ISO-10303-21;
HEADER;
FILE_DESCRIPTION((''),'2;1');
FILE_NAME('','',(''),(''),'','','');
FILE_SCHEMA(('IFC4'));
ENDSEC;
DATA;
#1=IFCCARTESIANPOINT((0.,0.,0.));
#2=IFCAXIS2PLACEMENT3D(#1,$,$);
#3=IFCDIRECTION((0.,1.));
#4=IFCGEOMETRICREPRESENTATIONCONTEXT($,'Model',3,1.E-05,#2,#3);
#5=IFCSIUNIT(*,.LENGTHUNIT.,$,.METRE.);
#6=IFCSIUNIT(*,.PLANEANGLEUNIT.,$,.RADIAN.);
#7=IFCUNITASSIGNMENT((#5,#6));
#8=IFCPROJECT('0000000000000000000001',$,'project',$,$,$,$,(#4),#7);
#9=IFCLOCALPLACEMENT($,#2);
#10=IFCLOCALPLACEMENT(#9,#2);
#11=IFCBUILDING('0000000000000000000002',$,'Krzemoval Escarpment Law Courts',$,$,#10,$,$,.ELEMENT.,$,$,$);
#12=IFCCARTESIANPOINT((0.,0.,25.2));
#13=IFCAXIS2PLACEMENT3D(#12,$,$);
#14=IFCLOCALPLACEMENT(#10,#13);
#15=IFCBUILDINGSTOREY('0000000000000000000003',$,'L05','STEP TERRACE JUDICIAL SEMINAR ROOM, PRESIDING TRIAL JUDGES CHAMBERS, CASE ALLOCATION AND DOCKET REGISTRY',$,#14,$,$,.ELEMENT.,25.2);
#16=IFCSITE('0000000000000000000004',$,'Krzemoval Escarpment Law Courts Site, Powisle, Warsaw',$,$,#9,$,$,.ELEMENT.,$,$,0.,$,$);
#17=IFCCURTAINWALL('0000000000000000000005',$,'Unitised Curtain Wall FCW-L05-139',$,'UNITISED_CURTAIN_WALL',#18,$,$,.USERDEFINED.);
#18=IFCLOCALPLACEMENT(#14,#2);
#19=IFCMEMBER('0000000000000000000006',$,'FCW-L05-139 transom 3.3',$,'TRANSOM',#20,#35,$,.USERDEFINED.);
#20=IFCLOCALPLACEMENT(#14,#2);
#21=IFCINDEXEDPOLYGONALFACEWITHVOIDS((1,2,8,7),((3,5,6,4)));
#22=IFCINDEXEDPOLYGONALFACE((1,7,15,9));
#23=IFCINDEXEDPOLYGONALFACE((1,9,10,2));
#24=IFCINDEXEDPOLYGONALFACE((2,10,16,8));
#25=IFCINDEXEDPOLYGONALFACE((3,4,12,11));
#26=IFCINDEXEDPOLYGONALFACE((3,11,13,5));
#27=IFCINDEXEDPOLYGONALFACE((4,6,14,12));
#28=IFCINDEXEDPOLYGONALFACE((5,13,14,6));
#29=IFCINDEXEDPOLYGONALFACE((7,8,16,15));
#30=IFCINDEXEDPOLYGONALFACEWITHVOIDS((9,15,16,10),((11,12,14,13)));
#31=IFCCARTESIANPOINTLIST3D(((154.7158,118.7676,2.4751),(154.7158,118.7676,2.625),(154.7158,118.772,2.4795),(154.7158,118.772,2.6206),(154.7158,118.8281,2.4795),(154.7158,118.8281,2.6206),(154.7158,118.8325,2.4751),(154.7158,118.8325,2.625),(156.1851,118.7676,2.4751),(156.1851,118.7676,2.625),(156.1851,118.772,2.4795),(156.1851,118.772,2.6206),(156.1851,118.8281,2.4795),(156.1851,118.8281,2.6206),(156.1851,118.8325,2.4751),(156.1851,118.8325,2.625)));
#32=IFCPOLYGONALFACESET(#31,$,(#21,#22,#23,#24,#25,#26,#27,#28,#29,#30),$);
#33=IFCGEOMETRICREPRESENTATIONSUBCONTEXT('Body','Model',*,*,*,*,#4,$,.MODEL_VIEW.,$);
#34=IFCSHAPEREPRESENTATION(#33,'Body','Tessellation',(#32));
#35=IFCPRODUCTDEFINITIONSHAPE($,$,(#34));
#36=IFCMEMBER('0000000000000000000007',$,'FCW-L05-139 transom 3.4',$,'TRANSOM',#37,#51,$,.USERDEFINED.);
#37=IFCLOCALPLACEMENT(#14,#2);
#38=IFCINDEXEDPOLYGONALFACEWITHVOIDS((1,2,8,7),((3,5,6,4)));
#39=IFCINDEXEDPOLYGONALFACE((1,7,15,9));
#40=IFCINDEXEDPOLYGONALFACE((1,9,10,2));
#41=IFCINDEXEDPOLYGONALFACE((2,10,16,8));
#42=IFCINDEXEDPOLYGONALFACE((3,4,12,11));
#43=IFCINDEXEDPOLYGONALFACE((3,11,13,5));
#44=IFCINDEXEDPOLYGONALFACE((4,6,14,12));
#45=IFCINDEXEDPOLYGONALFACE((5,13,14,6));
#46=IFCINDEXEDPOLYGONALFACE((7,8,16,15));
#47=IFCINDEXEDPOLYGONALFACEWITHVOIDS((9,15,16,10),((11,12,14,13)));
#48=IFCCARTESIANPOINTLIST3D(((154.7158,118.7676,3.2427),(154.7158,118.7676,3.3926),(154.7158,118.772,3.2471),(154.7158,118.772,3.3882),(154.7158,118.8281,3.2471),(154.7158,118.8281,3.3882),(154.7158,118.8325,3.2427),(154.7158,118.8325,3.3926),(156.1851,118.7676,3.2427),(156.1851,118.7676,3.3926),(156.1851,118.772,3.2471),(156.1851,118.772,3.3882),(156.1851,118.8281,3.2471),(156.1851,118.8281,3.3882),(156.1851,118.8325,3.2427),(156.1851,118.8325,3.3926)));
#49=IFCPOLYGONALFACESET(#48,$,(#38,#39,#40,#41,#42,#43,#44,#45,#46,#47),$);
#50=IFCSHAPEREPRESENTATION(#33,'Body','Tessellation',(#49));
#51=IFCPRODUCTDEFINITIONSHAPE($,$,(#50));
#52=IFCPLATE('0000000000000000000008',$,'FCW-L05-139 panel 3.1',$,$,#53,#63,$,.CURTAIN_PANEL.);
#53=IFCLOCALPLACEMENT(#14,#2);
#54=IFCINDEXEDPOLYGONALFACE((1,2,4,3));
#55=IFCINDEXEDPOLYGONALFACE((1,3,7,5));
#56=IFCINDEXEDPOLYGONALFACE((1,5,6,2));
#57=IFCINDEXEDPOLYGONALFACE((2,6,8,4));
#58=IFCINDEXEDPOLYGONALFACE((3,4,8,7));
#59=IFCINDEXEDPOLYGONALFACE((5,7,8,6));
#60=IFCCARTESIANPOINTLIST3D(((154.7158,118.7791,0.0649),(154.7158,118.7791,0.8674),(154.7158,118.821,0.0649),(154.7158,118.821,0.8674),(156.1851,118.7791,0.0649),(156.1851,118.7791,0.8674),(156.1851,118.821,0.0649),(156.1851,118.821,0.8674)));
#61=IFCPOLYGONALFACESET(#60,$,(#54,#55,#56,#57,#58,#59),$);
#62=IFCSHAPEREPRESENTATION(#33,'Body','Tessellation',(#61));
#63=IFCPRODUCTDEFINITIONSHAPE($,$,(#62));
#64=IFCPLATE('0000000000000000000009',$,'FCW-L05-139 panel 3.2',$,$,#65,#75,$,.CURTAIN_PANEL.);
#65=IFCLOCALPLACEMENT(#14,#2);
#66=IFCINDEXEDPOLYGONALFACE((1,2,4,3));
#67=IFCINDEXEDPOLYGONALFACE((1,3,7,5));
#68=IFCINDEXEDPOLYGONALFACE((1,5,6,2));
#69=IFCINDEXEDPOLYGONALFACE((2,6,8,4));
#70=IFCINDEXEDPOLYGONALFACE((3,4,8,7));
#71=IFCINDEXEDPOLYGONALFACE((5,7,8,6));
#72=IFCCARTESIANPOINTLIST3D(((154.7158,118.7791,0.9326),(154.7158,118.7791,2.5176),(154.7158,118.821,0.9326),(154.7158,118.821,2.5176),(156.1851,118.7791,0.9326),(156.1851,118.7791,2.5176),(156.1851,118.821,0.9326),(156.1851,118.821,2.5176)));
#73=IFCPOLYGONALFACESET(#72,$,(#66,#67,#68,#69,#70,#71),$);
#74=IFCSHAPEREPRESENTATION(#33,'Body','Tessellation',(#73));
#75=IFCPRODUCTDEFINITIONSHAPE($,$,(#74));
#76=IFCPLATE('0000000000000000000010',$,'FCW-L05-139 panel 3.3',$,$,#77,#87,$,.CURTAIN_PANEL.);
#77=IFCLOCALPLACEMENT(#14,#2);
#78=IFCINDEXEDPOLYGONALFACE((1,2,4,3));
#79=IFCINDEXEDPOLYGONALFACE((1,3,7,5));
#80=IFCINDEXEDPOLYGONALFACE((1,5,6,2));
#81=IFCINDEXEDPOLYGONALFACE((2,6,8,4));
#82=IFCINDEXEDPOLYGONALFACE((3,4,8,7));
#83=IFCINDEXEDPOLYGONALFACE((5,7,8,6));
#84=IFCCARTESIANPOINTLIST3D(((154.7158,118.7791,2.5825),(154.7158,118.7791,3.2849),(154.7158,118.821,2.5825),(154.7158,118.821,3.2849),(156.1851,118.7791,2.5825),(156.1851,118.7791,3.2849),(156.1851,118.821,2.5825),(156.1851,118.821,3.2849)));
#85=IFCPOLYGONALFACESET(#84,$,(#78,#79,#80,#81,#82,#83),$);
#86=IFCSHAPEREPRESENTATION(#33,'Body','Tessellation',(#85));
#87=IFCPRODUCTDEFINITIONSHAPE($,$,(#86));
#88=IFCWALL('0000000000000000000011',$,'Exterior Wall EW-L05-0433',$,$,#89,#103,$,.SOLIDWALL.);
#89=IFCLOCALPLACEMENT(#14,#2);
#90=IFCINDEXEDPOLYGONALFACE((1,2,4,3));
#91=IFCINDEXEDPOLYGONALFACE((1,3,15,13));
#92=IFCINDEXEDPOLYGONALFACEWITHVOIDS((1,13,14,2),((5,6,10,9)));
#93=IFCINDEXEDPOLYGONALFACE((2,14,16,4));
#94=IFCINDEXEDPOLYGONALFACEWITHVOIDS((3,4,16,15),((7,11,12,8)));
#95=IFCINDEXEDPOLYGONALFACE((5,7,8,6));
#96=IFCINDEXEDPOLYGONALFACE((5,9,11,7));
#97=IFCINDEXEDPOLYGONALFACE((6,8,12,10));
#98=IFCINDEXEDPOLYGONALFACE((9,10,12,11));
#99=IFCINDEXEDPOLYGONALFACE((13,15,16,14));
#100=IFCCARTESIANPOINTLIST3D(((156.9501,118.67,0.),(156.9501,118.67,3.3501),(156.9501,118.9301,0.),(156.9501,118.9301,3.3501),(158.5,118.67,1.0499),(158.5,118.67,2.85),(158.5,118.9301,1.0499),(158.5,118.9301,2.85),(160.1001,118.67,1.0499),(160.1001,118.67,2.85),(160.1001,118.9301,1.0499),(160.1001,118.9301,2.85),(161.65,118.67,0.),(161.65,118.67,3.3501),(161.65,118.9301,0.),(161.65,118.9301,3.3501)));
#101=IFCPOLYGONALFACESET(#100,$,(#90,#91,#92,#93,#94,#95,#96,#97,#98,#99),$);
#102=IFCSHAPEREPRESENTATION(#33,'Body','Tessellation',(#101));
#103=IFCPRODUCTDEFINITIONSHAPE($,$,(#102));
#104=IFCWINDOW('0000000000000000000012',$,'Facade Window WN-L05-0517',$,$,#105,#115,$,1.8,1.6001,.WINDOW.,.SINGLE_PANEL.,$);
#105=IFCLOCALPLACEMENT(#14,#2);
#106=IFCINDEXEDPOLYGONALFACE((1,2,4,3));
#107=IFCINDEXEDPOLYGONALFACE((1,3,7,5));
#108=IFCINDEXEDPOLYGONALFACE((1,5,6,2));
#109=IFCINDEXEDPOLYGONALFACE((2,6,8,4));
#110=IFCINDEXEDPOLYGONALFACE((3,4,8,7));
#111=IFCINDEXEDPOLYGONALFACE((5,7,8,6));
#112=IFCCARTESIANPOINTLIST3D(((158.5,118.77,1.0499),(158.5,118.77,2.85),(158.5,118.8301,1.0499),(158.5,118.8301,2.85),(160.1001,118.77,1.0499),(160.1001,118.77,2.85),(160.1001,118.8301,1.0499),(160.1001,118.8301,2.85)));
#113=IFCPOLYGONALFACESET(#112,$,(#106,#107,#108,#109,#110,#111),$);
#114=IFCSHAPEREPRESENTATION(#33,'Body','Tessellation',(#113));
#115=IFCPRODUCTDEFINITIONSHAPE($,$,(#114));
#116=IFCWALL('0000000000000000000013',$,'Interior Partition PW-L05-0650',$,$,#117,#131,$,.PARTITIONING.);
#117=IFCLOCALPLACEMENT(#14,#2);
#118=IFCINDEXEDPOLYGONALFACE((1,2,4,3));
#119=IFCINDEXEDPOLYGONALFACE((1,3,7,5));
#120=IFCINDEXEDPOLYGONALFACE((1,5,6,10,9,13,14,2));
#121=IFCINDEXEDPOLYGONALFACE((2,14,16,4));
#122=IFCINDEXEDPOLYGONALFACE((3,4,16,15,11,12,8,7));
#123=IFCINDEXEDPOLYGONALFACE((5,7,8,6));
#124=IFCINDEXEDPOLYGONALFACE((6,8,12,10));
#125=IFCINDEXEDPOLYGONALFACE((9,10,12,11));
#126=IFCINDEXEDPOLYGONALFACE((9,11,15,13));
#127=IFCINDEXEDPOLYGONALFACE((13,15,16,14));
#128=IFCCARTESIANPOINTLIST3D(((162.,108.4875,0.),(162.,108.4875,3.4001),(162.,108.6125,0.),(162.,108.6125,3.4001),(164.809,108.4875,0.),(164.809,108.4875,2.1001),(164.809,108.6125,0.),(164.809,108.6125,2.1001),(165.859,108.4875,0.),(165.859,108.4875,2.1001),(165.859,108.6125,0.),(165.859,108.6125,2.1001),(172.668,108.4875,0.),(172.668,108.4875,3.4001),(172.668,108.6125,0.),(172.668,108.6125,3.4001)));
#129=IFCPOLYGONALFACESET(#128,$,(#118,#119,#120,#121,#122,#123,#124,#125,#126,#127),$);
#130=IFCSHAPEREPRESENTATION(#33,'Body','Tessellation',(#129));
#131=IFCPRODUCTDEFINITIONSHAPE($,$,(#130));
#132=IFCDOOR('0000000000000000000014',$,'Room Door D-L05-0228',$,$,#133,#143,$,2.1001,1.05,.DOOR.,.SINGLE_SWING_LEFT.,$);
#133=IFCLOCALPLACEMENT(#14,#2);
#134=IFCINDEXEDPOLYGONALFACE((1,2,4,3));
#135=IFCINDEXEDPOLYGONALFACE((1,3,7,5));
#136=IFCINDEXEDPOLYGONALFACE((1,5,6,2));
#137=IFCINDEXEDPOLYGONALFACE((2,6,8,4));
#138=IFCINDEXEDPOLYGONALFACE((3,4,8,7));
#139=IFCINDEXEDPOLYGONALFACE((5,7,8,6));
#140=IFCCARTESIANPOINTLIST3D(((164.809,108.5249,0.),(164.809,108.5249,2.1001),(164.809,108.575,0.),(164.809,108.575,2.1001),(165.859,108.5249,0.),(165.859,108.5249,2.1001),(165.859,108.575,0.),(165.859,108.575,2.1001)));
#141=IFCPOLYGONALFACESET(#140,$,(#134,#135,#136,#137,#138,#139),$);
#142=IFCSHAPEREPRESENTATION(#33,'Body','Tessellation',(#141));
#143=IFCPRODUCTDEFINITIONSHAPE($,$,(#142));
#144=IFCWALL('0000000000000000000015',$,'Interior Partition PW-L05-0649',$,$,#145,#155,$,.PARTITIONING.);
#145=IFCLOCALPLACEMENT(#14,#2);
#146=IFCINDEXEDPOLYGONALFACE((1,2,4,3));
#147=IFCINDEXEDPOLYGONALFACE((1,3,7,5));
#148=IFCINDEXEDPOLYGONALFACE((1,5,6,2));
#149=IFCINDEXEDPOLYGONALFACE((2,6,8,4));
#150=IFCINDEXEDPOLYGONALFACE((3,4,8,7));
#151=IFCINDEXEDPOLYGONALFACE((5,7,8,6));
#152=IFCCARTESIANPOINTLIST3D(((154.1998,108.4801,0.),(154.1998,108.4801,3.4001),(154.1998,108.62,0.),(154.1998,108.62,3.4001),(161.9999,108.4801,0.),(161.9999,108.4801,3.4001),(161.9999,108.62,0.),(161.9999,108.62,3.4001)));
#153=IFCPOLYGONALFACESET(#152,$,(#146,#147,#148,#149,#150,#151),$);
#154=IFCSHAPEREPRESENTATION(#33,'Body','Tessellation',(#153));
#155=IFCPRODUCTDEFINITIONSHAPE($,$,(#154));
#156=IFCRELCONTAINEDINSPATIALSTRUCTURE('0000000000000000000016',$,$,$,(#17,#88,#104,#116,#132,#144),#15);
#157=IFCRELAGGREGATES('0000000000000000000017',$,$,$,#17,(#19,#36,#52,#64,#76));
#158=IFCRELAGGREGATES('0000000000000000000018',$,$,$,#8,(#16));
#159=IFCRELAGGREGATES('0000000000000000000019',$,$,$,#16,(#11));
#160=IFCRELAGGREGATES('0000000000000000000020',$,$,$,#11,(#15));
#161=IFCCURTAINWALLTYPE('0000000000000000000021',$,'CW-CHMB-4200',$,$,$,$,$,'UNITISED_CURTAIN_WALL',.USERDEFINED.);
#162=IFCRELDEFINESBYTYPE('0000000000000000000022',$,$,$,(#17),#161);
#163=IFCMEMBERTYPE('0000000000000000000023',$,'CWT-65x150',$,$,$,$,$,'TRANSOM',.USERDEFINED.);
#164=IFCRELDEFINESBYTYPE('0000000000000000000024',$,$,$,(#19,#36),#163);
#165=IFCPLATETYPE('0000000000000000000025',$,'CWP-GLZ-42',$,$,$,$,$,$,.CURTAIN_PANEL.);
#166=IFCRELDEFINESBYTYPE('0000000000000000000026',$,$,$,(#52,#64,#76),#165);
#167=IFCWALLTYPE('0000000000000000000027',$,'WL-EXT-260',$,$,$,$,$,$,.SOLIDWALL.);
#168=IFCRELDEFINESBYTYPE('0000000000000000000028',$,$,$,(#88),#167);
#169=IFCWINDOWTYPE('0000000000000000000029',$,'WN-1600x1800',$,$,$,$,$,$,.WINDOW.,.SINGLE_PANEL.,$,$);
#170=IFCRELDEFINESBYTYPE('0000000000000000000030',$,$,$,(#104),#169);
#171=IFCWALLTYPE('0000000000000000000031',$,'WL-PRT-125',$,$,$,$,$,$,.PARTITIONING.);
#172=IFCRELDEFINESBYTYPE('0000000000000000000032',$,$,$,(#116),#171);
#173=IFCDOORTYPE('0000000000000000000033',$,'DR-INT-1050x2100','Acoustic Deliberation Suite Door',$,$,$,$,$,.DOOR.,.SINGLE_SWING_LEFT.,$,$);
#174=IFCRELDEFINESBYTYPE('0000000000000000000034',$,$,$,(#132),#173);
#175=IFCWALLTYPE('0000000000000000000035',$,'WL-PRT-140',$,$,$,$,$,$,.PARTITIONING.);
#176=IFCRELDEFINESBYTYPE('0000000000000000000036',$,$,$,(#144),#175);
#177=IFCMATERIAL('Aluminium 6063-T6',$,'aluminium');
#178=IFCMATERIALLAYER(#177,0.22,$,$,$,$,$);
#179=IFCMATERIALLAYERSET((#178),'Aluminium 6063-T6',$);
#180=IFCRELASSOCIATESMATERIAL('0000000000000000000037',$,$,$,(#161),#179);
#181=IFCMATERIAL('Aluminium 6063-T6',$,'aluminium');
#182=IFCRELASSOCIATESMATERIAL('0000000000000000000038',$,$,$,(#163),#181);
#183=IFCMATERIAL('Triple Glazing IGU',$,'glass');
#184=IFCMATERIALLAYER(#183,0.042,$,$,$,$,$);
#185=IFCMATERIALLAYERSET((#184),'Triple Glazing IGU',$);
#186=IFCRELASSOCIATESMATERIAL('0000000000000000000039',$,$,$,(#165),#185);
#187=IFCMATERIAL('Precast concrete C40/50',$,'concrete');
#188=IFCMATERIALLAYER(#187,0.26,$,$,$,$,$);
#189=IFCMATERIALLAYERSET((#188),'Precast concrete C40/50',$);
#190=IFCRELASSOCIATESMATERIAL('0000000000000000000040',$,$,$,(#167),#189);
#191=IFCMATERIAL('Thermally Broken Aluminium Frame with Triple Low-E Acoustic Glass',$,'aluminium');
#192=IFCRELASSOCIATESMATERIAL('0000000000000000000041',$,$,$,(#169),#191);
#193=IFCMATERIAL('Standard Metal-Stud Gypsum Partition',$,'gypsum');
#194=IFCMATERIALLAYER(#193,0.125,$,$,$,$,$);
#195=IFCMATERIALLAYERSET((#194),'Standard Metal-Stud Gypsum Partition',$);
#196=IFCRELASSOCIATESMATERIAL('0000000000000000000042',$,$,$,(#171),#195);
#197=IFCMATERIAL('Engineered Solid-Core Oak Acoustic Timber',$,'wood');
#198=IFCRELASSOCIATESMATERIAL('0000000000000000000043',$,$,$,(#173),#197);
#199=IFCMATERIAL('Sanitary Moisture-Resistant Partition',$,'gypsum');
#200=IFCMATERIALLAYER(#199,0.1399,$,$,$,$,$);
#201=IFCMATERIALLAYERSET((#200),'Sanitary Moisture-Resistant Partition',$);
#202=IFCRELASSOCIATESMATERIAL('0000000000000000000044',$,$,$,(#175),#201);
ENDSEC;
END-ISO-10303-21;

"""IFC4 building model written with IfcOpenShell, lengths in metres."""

from ifc_helpers import new_model, si_unit, direction, frame, frame_2d, origin, origin_2d, place, context, subcontext, project, spatial, rectangle, hollow_rectangle, extrude, material, layer, layer_set, material_profile, profile_set, type_object, element, fill, aggregate, save


model = new_model("IFC4")

# Units and contexts
model_context = context("Model", 3, precision=1e-05, world=origin(), true_north=direction((0.0, 1.0)))
body_context = subcontext(model_context, "Body", "Model", "MODEL_VIEW")
ifc_project = project(units=[si_unit("LENGTHUNIT", "METRE"), si_unit("PLANEANGLEUNIT", "RADIAN")], contexts=[model_context])

# Site, building, storey
site_placement = place(None, origin())
site = spatial("IfcSite", under=ifc_project, at=site_placement, Name="Krzemoval Escarpment Law Courts Site, Powisle, Warsaw", CompositionType="ELEMENT", RefElevation=0.0)
building_placement = place(site_placement, origin())
building = spatial("IfcBuilding", under=site, at=building_placement, Name="Krzemoval Escarpment Law Courts", CompositionType="ELEMENT")
storey_placement = place(building_placement, frame((0.0, 0.0, 25.2)))
storey = spatial("IfcBuildingStorey", under=building, at=storey_placement, Name="L05", Description="STEP TERRACE JUDICIAL SEMINAR ROOM, PRESIDING TRIAL JUDGES CHAMBERS, CASE ALLOCATION AND DOCKET REGISTRY", CompositionType="ELEMENT", Elevation=25.2)

# Curtain wall, members, plates
ifc_material_1 = material(Name="Aluminium 6063-T6", Category="aluminium")
ifc_layer_1 = layer(ifc_material_1, 0.22)
ifc_layer_set_1 = layer_set([ifc_layer_1], Name="Aluminium 6063-T6")
curtain_wall_type = type_object("IfcCurtainWallType", Name="CW-CHMB-4200", ElementType="UNITISED_CURTAIN_WALL", PredefinedType="USERDEFINED", material=ifc_layer_set_1)
curtain_wall_placement = place(storey_placement, origin())
curtain_wall = element("IfcCurtainWall", 1, at=curtain_wall_placement, inside=storey, type_object=curtain_wall_type, Name="Unitised Curtain Wall FCW-L05-139", ObjectType="UNITISED_CURTAIN_WALL", PredefinedType="USERDEFINED")
ifc_material_2 = material(Name="Aluminium 6063-T6", Category="aluminium")
ifc_material_profile_1 = material_profile(ifc_material_2, hollow_rectangle(XDim=0.0649, YDim=0.1499, WallThickness=0.0044, at=origin_2d()), Name="ALU T65x150")
ifc_profile_set_1 = profile_set([ifc_material_profile_1], Name="Aluminium 6063-T6")
member_type_1 = type_object("IfcMemberType", Name="CWT-65x150", ElementType="TRANSOM", PredefinedType="USERDEFINED", material=ifc_profile_set_1)
member_1_placement = place(storey_placement, frame((154.7158, 118.8, 2.55), z_axis=(1.0, 0.0, 0.0), x_axis=(0.0, 1.0, 0.0)))
member_1 = element("IfcMember", 2, at=member_1_placement, type_object=member_type_1, Name="FCW-L05-139 transom 3.3", ObjectType="TRANSOM", PredefinedType="USERDEFINED", context=body_context, shape_type="SweptSolid", body=[
    extrude(hollow_rectangle(XDim=0.0649, YDim=0.1499, WallThickness=0.0044, at=origin_2d()), origin(), (0.0, 0.0, 1.0), 1.4692),
])
member_2_placement = place(storey_placement, frame((154.7158, 118.8, 3.3176), z_axis=(1.0, 0.0, 0.0), x_axis=(0.0, 1.0, 0.0)))
member_2 = element("IfcMember", 3, at=member_2_placement, type_object=member_type_1, Name="FCW-L05-139 transom 3.4", ObjectType="TRANSOM", PredefinedType="USERDEFINED", context=body_context, shape_type="SweptSolid", body=[
    extrude(hollow_rectangle(XDim=0.0649, YDim=0.1499, WallThickness=0.0044, at=origin_2d()), origin(), (0.0, 0.0, 1.0), 1.4692),
])
ifc_material_3 = material(Name="Triple Glazing IGU", Category="glass")
ifc_layer_2 = layer(ifc_material_3, 0.042)
ifc_layer_set_2 = layer_set([ifc_layer_2], Name="Triple Glazing IGU")
plate_type = type_object("IfcPlateType", Name="CWP-GLZ-42", PredefinedType="CURTAIN_PANEL", material=ifc_layer_set_2)
plate_1_placement = place(storey_placement, frame((155.4504, 118.8, 0.0649), z_axis=(0.0, 0.0, 1.0), x_axis=(1.0, 0.0, 0.0)))
plate_1 = element("IfcPlate", 4, at=plate_1_placement, type_object=plate_type, Name="FCW-L05-139 panel 3.1", PredefinedType="CURTAIN_PANEL", context=body_context, shape_type="SweptSolid", body=[
    extrude(rectangle(XDim=1.4692, YDim=0.042, at=origin_2d()), origin(), (0.0, 0.0, 1.0), 0.8025),
])
plate_2_placement = place(storey_placement, frame((155.4504, 118.8, 0.9326), z_axis=(0.0, 0.0, 1.0), x_axis=(1.0, 0.0, 0.0)))
plate_2 = element("IfcPlate", 5, at=plate_2_placement, type_object=plate_type, Name="FCW-L05-139 panel 3.2", PredefinedType="CURTAIN_PANEL", context=body_context, shape_type="SweptSolid", body=[
    extrude(rectangle(XDim=1.4692, YDim=0.042, at=origin_2d()), origin(), (0.0, 0.0, 1.0), 1.585),
])
plate_3_placement = place(storey_placement, frame((155.4504, 118.8, 2.5825), z_axis=(0.0, 0.0, 1.0), x_axis=(1.0, 0.0, 0.0)))
plate_3 = element("IfcPlate", 6, at=plate_3_placement, type_object=plate_type, Name="FCW-L05-139 panel 3.3", PredefinedType="CURTAIN_PANEL", context=body_context, shape_type="SweptSolid", body=[
    extrude(rectangle(XDim=1.4692, YDim=0.042, at=origin_2d()), origin(), (0.0, 0.0, 1.0), 0.7024),
])
aggregate(curtain_wall, [member_1, member_2, plate_1, plate_2, plate_3])

# Wall, opening, window
ifc_material_4 = material(Name="Precast concrete C40/50", Category="concrete")
ifc_layer_3 = layer(ifc_material_4, 0.26)
ifc_layer_set_3 = layer_set([ifc_layer_3], Name="Precast concrete C40/50")
wall_type_1 = type_object("IfcWallType", Name="WL-EXT-260", PredefinedType="SOLIDWALL", material=ifc_layer_set_3)
wall_1_placement = place(storey_placement, frame((156.95, 118.8, 0.0), z_axis=(0.0, 0.0, 1.0), x_axis=(1.0, 0.0, 0.0)))
wall_1 = element("IfcWall", 7, at=wall_1_placement, inside=storey, type_object=wall_type_1, Name="Exterior Wall EW-L05-0433", PredefinedType="SOLIDWALL", context=body_context, shape_type="SweptSolid", body=[
    extrude(rectangle(XDim=4.7, YDim=0.26, at=frame_2d((2.3501, 0.0))), origin(), (0.0, 0.0, 1.0), 3.3501),
])
opening_1_placement = place(wall_1_placement, frame((1.55, 0.0, 1.05)))
opening_1 = element("IfcOpeningElement", 8, at=opening_1_placement, cuts=wall_1, PredefinedType="OPENING", context=body_context, shape_type="SweptSolid", body=[
    extrude(rectangle(XDim=1.6001, YDim=1.8, at=frame_2d((0.8, 0.8999))), frame((0.0, 0.145, 0.0), z_axis=(0.0, -1.0, 0.0), x_axis=(1.0, 0.0, 0.0)), (0.0, 0.0, 1.0), 0.29),
])
ifc_material_5 = material(Name="Thermally Broken Aluminium Frame with Triple Low-E Acoustic Glass", Category="aluminium")
window_type = type_object("IfcWindowType", Name="WN-1600x1800", PartitioningType="SINGLE_PANEL", PredefinedType="WINDOW", material=ifc_material_5)
window_placement = place(opening_1_placement, origin())
window = element("IfcWindow", 9, at=window_placement, inside=storey, type_object=window_type, Name="Facade Window WN-L05-0517", OverallHeight=1.8, OverallWidth=1.6001, PartitioningType="SINGLE_PANEL", PredefinedType="WINDOW", context=body_context, shape_type="SweptSolid", body=[
    extrude(rectangle(XDim=1.6001, YDim=1.8, at=frame_2d((0.8, 0.8999))), frame((0.0, 0.03, 0.0), z_axis=(0.0, -1.0, 0.0), x_axis=(1.0, 0.0, 0.0)), (0.0, 0.0, 1.0), 0.0601),
])
fill(opening_1, window)

# Wall, opening, door
ifc_material_6 = material(Name="Standard Metal-Stud Gypsum Partition", Category="gypsum")
ifc_layer_4 = layer(ifc_material_6, 0.125)
ifc_layer_set_4 = layer_set([ifc_layer_4], Name="Standard Metal-Stud Gypsum Partition")
wall_type_2 = type_object("IfcWallType", Name="WL-PRT-125", PredefinedType="PARTITIONING", material=ifc_layer_set_4)
wall_2_placement = place(storey_placement, frame((162.0, 108.55, 0.0), z_axis=(0.0, 0.0, 1.0), x_axis=(1.0, 0.0, 0.0)))
wall_2 = element("IfcWall", 10, at=wall_2_placement, inside=storey, type_object=wall_type_2, Name="Interior Partition PW-L05-0650", PredefinedType="PARTITIONING", context=body_context, shape_type="SweptSolid", body=[
    extrude(rectangle(XDim=10.668, YDim=0.125, at=frame_2d((5.334, 0.0))), origin(), (0.0, 0.0, 1.0), 3.4001),
])
opening_2_placement = place(wall_2_placement, frame((2.8091, 0.0, 0.0)))
opening_2 = element("IfcOpeningElement", 11, at=opening_2_placement, cuts=wall_2, PredefinedType="OPENING", context=body_context, shape_type="SweptSolid", body=[
    extrude(rectangle(XDim=1.05, YDim=2.1001, at=frame_2d((0.5249, 1.05))), frame((0.0, 0.0775, 0.0), z_axis=(0.0, -1.0, 0.0), x_axis=(1.0, 0.0, 0.0)), (0.0, 0.0, 1.0), 0.155),
])
ifc_material_7 = material(Name="Engineered Solid-Core Oak Acoustic Timber", Category="wood")
door_type_1 = type_object("IfcDoorType", Name="DR-INT-1050x2100", Description="Acoustic Deliberation Suite Door", OperationType="SINGLE_SWING_LEFT", PredefinedType="DOOR", material=ifc_material_7)
door_1_placement = place(opening_2_placement, origin())
door_1 = element("IfcDoor", 12, at=door_1_placement, inside=storey, type_object=door_type_1, Name="Room Door D-L05-0228", OperationType="SINGLE_SWING_LEFT", OverallHeight=2.1001, OverallWidth=1.05, PredefinedType="DOOR", context=body_context, shape_type="SweptSolid", body=[
    extrude(rectangle(XDim=1.05, YDim=2.1001, at=frame_2d((0.5249, 1.05))), frame((0.0, 0.0249, 0.0), z_axis=(0.0, -1.0, 0.0), x_axis=(1.0, 0.0, 0.0)), (0.0, 0.0, 1.0), 0.05),
])
fill(opening_2, door_1)

# Wall
ifc_material_8 = material(Name="Sanitary Moisture-Resistant Partition", Category="gypsum")
ifc_layer_5 = layer(ifc_material_8, 0.1399)
ifc_layer_set_5 = layer_set([ifc_layer_5], Name="Sanitary Moisture-Resistant Partition")
wall_type_3 = type_object("IfcWallType", Name="WL-PRT-140", PredefinedType="PARTITIONING", material=ifc_layer_set_5)
wall_3_placement = place(storey_placement, frame((154.2, 108.55, 0.0), z_axis=(0.0, 0.0, 1.0), x_axis=(1.0, 0.0, 0.0)))
element("IfcWall", 13, at=wall_3_placement, inside=storey, type_object=wall_type_3, Name="Interior Partition PW-L05-0649", PredefinedType="PARTITIONING", context=body_context, shape_type="SweptSolid", body=[
    extrude(rectangle(XDim=7.8, YDim=0.1399, at=frame_2d((3.8999, 0.0))), origin(), (0.0, 0.0, 1.0), 3.4001),
])

save(model, "model.ifc")
